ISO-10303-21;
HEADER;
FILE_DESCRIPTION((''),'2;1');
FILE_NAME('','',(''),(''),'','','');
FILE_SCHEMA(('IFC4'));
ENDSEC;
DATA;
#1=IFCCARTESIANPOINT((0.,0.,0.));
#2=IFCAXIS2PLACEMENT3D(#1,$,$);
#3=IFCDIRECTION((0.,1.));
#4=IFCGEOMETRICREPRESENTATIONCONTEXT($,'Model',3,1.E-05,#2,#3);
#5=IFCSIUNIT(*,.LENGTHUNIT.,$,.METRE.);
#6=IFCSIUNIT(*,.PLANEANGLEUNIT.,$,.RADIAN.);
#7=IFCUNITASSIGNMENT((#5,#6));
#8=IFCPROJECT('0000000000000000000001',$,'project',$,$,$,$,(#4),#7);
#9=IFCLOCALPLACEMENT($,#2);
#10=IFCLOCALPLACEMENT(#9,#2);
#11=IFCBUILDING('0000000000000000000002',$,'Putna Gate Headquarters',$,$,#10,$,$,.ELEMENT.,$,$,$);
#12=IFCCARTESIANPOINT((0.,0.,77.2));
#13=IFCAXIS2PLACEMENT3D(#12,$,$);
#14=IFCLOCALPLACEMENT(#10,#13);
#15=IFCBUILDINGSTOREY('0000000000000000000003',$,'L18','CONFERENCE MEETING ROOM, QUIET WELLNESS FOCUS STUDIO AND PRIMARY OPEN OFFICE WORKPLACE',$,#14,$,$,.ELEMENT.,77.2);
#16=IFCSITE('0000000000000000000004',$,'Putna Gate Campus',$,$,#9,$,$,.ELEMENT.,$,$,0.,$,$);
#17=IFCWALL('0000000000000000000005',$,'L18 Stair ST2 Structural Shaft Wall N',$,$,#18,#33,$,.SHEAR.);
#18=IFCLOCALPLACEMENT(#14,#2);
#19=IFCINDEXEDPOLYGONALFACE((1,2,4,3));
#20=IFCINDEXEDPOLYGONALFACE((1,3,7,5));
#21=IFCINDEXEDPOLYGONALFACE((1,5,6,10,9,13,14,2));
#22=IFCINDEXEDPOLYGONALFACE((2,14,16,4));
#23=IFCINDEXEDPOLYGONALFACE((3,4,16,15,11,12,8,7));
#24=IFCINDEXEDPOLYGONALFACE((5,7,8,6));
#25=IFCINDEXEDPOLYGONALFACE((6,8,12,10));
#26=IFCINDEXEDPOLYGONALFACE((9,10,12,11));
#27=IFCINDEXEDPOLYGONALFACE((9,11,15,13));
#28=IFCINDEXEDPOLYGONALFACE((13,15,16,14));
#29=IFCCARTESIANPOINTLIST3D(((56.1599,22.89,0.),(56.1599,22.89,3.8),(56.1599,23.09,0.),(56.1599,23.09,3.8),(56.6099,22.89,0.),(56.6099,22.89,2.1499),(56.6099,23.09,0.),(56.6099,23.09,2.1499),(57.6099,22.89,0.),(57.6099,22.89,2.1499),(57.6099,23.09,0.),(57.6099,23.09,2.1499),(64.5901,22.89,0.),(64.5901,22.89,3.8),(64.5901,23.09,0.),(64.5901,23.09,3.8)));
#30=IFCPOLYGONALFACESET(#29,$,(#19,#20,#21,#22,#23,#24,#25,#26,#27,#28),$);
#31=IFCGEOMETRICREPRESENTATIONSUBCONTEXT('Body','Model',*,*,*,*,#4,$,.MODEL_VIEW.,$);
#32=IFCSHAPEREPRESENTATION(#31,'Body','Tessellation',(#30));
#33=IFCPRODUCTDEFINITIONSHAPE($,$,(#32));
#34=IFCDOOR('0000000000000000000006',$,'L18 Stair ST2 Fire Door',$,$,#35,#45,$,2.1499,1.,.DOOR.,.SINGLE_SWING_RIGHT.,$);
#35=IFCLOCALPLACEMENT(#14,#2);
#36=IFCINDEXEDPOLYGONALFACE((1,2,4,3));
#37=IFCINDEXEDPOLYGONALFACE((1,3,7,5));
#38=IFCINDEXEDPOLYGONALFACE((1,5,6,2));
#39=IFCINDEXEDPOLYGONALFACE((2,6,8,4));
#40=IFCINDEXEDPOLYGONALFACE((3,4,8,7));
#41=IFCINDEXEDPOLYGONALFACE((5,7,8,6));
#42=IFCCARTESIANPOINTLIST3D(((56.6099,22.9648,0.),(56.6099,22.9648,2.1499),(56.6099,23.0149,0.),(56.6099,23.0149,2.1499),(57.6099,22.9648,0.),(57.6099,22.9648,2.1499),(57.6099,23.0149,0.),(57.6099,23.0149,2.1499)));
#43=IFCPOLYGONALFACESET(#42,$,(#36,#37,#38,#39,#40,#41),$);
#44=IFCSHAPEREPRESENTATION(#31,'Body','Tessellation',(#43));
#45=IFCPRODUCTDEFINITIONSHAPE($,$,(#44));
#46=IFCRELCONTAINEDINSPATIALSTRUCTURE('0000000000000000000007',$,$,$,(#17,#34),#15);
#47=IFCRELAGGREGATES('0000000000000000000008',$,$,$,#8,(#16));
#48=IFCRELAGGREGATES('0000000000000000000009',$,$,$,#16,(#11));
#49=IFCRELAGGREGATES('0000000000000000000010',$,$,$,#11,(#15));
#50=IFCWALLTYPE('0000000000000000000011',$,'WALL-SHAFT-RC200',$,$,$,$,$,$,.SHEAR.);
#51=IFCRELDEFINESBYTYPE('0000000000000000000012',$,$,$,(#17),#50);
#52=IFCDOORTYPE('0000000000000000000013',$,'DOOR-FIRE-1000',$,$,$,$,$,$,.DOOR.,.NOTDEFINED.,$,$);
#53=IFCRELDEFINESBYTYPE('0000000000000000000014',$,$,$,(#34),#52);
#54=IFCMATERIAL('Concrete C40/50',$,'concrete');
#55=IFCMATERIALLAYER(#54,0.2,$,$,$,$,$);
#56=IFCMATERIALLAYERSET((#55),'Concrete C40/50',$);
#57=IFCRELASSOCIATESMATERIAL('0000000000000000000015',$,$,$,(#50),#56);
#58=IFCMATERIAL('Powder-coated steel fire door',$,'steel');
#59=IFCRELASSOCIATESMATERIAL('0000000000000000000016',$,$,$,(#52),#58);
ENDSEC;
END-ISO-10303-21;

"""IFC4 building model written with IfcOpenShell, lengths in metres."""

from ifc_helpers import new_model, si_unit, direction, frame, frame_2d, origin, place, context, subcontext, project, spatial, rectangle, extrude, material, layer, layer_set, type_object, element, fill, save


model = new_model("IFC4")

# Units and contexts
model_context = context("Model", 3, precision=1e-05, world=origin(), true_north=direction((0.0, 1.0)))
body_context = subcontext(model_context, "Body", "Model", "MODEL_VIEW")
ifc_project = project(units=[si_unit("LENGTHUNIT", "METRE"), si_unit("PLANEANGLEUNIT", "RADIAN")], contexts=[model_context])

# Site, building, storey
site_placement = place(None, origin())
site = spatial("IfcSite", under=ifc_project, at=site_placement, Name="Putna Gate Campus", CompositionType="ELEMENT", RefElevation=0.0)
building_placement = place(site_placement, origin())
building = spatial("IfcBuilding", under=site, at=building_placement, Name="Putna Gate Headquarters", CompositionType="ELEMENT")
storey_placement = place(building_placement, frame((0.0, 0.0, 77.2)))
storey = spatial("IfcBuildingStorey", under=building, at=storey_placement, Name="L18", Description="CONFERENCE MEETING ROOM, QUIET WELLNESS FOCUS STUDIO AND PRIMARY OPEN OFFICE WORKPLACE", CompositionType="ELEMENT", Elevation=77.2)

# Shared definitions
ifc_material_1 = material(Name="Concrete C40/50", Category="concrete")

# Wall, opening, door
ifc_layer_1 = layer(ifc_material_1, 0.2)
ifc_layer_set_1 = layer_set([ifc_layer_1], Name="Concrete C40/50")
wall_type_1 = type_object("IfcWallType", Name="WALL-SHAFT-RC200", PredefinedType="SHEAR", material=ifc_layer_set_1)
wall_1_placement = place(storey_placement, frame((56.1599, 22.99, 0.0), z_axis=(0.0, 0.0, 1.0), x_axis=(1.0, 0.0, 0.0)))
wall_1 = element("IfcWall", 1, at=wall_1_placement, inside=storey, type_object=wall_type_1, Name="L18 Stair ST2 Structural Shaft Wall N", PredefinedType="SHEAR", context=body_context, shape_type="SweptSolid", body=[
    extrude(rectangle(XDim=8.4302, YDim=0.2, at=frame_2d((4.2151, 0.0))), origin(), (0.0, 0.0, 1.0), 3.8),
])
opening_1_placement = place(wall_1_placement, frame((0.45, 0.0, 0.0)))
opening_1 = element("IfcOpeningElement", 2, at=opening_1_placement, cuts=wall_1, PredefinedType="OPENING", context=body_context, shape_type="SweptSolid", body=[
    extrude(rectangle(XDim=1.0, YDim=2.1499, at=frame_2d((0.5, 1.075))), frame((0.0, 0.1099, 0.0), z_axis=(0.0, -1.0, 0.0), x_axis=(1.0, 0.0, 0.0)), (0.0, 0.0, 1.0), 0.22),
])
ifc_material_2 = material(Name="Powder-coated steel fire door", Category="steel")
door_type_1 = type_object("IfcDoorType", Name="DOOR-FIRE-1000", OperationType="NOTDEFINED", PredefinedType="DOOR", material=ifc_material_2)
door_1_placement = place(opening_1_placement, origin())
door_1 = element("IfcDoor", 3, at=door_1_placement, inside=storey, type_object=door_type_1, Name="L18 Stair ST2 Fire Door", OperationType="SINGLE_SWING_RIGHT", OverallHeight=2.1499, OverallWidth=1.0, PredefinedType="DOOR", context=body_context, shape_type="SweptSolid", body=[
    extrude(rectangle(XDim=1.0, YDim=2.1499, at=frame_2d((0.5, 1.075))), frame((0.0, 0.0249, 0.0), z_axis=(0.0, -1.0, 0.0), x_axis=(1.0, 0.0, 0.0)), (0.0, 0.0, 1.0), 0.05),
])
fill(opening_1, door_1)

save(model, "model.ifc")
